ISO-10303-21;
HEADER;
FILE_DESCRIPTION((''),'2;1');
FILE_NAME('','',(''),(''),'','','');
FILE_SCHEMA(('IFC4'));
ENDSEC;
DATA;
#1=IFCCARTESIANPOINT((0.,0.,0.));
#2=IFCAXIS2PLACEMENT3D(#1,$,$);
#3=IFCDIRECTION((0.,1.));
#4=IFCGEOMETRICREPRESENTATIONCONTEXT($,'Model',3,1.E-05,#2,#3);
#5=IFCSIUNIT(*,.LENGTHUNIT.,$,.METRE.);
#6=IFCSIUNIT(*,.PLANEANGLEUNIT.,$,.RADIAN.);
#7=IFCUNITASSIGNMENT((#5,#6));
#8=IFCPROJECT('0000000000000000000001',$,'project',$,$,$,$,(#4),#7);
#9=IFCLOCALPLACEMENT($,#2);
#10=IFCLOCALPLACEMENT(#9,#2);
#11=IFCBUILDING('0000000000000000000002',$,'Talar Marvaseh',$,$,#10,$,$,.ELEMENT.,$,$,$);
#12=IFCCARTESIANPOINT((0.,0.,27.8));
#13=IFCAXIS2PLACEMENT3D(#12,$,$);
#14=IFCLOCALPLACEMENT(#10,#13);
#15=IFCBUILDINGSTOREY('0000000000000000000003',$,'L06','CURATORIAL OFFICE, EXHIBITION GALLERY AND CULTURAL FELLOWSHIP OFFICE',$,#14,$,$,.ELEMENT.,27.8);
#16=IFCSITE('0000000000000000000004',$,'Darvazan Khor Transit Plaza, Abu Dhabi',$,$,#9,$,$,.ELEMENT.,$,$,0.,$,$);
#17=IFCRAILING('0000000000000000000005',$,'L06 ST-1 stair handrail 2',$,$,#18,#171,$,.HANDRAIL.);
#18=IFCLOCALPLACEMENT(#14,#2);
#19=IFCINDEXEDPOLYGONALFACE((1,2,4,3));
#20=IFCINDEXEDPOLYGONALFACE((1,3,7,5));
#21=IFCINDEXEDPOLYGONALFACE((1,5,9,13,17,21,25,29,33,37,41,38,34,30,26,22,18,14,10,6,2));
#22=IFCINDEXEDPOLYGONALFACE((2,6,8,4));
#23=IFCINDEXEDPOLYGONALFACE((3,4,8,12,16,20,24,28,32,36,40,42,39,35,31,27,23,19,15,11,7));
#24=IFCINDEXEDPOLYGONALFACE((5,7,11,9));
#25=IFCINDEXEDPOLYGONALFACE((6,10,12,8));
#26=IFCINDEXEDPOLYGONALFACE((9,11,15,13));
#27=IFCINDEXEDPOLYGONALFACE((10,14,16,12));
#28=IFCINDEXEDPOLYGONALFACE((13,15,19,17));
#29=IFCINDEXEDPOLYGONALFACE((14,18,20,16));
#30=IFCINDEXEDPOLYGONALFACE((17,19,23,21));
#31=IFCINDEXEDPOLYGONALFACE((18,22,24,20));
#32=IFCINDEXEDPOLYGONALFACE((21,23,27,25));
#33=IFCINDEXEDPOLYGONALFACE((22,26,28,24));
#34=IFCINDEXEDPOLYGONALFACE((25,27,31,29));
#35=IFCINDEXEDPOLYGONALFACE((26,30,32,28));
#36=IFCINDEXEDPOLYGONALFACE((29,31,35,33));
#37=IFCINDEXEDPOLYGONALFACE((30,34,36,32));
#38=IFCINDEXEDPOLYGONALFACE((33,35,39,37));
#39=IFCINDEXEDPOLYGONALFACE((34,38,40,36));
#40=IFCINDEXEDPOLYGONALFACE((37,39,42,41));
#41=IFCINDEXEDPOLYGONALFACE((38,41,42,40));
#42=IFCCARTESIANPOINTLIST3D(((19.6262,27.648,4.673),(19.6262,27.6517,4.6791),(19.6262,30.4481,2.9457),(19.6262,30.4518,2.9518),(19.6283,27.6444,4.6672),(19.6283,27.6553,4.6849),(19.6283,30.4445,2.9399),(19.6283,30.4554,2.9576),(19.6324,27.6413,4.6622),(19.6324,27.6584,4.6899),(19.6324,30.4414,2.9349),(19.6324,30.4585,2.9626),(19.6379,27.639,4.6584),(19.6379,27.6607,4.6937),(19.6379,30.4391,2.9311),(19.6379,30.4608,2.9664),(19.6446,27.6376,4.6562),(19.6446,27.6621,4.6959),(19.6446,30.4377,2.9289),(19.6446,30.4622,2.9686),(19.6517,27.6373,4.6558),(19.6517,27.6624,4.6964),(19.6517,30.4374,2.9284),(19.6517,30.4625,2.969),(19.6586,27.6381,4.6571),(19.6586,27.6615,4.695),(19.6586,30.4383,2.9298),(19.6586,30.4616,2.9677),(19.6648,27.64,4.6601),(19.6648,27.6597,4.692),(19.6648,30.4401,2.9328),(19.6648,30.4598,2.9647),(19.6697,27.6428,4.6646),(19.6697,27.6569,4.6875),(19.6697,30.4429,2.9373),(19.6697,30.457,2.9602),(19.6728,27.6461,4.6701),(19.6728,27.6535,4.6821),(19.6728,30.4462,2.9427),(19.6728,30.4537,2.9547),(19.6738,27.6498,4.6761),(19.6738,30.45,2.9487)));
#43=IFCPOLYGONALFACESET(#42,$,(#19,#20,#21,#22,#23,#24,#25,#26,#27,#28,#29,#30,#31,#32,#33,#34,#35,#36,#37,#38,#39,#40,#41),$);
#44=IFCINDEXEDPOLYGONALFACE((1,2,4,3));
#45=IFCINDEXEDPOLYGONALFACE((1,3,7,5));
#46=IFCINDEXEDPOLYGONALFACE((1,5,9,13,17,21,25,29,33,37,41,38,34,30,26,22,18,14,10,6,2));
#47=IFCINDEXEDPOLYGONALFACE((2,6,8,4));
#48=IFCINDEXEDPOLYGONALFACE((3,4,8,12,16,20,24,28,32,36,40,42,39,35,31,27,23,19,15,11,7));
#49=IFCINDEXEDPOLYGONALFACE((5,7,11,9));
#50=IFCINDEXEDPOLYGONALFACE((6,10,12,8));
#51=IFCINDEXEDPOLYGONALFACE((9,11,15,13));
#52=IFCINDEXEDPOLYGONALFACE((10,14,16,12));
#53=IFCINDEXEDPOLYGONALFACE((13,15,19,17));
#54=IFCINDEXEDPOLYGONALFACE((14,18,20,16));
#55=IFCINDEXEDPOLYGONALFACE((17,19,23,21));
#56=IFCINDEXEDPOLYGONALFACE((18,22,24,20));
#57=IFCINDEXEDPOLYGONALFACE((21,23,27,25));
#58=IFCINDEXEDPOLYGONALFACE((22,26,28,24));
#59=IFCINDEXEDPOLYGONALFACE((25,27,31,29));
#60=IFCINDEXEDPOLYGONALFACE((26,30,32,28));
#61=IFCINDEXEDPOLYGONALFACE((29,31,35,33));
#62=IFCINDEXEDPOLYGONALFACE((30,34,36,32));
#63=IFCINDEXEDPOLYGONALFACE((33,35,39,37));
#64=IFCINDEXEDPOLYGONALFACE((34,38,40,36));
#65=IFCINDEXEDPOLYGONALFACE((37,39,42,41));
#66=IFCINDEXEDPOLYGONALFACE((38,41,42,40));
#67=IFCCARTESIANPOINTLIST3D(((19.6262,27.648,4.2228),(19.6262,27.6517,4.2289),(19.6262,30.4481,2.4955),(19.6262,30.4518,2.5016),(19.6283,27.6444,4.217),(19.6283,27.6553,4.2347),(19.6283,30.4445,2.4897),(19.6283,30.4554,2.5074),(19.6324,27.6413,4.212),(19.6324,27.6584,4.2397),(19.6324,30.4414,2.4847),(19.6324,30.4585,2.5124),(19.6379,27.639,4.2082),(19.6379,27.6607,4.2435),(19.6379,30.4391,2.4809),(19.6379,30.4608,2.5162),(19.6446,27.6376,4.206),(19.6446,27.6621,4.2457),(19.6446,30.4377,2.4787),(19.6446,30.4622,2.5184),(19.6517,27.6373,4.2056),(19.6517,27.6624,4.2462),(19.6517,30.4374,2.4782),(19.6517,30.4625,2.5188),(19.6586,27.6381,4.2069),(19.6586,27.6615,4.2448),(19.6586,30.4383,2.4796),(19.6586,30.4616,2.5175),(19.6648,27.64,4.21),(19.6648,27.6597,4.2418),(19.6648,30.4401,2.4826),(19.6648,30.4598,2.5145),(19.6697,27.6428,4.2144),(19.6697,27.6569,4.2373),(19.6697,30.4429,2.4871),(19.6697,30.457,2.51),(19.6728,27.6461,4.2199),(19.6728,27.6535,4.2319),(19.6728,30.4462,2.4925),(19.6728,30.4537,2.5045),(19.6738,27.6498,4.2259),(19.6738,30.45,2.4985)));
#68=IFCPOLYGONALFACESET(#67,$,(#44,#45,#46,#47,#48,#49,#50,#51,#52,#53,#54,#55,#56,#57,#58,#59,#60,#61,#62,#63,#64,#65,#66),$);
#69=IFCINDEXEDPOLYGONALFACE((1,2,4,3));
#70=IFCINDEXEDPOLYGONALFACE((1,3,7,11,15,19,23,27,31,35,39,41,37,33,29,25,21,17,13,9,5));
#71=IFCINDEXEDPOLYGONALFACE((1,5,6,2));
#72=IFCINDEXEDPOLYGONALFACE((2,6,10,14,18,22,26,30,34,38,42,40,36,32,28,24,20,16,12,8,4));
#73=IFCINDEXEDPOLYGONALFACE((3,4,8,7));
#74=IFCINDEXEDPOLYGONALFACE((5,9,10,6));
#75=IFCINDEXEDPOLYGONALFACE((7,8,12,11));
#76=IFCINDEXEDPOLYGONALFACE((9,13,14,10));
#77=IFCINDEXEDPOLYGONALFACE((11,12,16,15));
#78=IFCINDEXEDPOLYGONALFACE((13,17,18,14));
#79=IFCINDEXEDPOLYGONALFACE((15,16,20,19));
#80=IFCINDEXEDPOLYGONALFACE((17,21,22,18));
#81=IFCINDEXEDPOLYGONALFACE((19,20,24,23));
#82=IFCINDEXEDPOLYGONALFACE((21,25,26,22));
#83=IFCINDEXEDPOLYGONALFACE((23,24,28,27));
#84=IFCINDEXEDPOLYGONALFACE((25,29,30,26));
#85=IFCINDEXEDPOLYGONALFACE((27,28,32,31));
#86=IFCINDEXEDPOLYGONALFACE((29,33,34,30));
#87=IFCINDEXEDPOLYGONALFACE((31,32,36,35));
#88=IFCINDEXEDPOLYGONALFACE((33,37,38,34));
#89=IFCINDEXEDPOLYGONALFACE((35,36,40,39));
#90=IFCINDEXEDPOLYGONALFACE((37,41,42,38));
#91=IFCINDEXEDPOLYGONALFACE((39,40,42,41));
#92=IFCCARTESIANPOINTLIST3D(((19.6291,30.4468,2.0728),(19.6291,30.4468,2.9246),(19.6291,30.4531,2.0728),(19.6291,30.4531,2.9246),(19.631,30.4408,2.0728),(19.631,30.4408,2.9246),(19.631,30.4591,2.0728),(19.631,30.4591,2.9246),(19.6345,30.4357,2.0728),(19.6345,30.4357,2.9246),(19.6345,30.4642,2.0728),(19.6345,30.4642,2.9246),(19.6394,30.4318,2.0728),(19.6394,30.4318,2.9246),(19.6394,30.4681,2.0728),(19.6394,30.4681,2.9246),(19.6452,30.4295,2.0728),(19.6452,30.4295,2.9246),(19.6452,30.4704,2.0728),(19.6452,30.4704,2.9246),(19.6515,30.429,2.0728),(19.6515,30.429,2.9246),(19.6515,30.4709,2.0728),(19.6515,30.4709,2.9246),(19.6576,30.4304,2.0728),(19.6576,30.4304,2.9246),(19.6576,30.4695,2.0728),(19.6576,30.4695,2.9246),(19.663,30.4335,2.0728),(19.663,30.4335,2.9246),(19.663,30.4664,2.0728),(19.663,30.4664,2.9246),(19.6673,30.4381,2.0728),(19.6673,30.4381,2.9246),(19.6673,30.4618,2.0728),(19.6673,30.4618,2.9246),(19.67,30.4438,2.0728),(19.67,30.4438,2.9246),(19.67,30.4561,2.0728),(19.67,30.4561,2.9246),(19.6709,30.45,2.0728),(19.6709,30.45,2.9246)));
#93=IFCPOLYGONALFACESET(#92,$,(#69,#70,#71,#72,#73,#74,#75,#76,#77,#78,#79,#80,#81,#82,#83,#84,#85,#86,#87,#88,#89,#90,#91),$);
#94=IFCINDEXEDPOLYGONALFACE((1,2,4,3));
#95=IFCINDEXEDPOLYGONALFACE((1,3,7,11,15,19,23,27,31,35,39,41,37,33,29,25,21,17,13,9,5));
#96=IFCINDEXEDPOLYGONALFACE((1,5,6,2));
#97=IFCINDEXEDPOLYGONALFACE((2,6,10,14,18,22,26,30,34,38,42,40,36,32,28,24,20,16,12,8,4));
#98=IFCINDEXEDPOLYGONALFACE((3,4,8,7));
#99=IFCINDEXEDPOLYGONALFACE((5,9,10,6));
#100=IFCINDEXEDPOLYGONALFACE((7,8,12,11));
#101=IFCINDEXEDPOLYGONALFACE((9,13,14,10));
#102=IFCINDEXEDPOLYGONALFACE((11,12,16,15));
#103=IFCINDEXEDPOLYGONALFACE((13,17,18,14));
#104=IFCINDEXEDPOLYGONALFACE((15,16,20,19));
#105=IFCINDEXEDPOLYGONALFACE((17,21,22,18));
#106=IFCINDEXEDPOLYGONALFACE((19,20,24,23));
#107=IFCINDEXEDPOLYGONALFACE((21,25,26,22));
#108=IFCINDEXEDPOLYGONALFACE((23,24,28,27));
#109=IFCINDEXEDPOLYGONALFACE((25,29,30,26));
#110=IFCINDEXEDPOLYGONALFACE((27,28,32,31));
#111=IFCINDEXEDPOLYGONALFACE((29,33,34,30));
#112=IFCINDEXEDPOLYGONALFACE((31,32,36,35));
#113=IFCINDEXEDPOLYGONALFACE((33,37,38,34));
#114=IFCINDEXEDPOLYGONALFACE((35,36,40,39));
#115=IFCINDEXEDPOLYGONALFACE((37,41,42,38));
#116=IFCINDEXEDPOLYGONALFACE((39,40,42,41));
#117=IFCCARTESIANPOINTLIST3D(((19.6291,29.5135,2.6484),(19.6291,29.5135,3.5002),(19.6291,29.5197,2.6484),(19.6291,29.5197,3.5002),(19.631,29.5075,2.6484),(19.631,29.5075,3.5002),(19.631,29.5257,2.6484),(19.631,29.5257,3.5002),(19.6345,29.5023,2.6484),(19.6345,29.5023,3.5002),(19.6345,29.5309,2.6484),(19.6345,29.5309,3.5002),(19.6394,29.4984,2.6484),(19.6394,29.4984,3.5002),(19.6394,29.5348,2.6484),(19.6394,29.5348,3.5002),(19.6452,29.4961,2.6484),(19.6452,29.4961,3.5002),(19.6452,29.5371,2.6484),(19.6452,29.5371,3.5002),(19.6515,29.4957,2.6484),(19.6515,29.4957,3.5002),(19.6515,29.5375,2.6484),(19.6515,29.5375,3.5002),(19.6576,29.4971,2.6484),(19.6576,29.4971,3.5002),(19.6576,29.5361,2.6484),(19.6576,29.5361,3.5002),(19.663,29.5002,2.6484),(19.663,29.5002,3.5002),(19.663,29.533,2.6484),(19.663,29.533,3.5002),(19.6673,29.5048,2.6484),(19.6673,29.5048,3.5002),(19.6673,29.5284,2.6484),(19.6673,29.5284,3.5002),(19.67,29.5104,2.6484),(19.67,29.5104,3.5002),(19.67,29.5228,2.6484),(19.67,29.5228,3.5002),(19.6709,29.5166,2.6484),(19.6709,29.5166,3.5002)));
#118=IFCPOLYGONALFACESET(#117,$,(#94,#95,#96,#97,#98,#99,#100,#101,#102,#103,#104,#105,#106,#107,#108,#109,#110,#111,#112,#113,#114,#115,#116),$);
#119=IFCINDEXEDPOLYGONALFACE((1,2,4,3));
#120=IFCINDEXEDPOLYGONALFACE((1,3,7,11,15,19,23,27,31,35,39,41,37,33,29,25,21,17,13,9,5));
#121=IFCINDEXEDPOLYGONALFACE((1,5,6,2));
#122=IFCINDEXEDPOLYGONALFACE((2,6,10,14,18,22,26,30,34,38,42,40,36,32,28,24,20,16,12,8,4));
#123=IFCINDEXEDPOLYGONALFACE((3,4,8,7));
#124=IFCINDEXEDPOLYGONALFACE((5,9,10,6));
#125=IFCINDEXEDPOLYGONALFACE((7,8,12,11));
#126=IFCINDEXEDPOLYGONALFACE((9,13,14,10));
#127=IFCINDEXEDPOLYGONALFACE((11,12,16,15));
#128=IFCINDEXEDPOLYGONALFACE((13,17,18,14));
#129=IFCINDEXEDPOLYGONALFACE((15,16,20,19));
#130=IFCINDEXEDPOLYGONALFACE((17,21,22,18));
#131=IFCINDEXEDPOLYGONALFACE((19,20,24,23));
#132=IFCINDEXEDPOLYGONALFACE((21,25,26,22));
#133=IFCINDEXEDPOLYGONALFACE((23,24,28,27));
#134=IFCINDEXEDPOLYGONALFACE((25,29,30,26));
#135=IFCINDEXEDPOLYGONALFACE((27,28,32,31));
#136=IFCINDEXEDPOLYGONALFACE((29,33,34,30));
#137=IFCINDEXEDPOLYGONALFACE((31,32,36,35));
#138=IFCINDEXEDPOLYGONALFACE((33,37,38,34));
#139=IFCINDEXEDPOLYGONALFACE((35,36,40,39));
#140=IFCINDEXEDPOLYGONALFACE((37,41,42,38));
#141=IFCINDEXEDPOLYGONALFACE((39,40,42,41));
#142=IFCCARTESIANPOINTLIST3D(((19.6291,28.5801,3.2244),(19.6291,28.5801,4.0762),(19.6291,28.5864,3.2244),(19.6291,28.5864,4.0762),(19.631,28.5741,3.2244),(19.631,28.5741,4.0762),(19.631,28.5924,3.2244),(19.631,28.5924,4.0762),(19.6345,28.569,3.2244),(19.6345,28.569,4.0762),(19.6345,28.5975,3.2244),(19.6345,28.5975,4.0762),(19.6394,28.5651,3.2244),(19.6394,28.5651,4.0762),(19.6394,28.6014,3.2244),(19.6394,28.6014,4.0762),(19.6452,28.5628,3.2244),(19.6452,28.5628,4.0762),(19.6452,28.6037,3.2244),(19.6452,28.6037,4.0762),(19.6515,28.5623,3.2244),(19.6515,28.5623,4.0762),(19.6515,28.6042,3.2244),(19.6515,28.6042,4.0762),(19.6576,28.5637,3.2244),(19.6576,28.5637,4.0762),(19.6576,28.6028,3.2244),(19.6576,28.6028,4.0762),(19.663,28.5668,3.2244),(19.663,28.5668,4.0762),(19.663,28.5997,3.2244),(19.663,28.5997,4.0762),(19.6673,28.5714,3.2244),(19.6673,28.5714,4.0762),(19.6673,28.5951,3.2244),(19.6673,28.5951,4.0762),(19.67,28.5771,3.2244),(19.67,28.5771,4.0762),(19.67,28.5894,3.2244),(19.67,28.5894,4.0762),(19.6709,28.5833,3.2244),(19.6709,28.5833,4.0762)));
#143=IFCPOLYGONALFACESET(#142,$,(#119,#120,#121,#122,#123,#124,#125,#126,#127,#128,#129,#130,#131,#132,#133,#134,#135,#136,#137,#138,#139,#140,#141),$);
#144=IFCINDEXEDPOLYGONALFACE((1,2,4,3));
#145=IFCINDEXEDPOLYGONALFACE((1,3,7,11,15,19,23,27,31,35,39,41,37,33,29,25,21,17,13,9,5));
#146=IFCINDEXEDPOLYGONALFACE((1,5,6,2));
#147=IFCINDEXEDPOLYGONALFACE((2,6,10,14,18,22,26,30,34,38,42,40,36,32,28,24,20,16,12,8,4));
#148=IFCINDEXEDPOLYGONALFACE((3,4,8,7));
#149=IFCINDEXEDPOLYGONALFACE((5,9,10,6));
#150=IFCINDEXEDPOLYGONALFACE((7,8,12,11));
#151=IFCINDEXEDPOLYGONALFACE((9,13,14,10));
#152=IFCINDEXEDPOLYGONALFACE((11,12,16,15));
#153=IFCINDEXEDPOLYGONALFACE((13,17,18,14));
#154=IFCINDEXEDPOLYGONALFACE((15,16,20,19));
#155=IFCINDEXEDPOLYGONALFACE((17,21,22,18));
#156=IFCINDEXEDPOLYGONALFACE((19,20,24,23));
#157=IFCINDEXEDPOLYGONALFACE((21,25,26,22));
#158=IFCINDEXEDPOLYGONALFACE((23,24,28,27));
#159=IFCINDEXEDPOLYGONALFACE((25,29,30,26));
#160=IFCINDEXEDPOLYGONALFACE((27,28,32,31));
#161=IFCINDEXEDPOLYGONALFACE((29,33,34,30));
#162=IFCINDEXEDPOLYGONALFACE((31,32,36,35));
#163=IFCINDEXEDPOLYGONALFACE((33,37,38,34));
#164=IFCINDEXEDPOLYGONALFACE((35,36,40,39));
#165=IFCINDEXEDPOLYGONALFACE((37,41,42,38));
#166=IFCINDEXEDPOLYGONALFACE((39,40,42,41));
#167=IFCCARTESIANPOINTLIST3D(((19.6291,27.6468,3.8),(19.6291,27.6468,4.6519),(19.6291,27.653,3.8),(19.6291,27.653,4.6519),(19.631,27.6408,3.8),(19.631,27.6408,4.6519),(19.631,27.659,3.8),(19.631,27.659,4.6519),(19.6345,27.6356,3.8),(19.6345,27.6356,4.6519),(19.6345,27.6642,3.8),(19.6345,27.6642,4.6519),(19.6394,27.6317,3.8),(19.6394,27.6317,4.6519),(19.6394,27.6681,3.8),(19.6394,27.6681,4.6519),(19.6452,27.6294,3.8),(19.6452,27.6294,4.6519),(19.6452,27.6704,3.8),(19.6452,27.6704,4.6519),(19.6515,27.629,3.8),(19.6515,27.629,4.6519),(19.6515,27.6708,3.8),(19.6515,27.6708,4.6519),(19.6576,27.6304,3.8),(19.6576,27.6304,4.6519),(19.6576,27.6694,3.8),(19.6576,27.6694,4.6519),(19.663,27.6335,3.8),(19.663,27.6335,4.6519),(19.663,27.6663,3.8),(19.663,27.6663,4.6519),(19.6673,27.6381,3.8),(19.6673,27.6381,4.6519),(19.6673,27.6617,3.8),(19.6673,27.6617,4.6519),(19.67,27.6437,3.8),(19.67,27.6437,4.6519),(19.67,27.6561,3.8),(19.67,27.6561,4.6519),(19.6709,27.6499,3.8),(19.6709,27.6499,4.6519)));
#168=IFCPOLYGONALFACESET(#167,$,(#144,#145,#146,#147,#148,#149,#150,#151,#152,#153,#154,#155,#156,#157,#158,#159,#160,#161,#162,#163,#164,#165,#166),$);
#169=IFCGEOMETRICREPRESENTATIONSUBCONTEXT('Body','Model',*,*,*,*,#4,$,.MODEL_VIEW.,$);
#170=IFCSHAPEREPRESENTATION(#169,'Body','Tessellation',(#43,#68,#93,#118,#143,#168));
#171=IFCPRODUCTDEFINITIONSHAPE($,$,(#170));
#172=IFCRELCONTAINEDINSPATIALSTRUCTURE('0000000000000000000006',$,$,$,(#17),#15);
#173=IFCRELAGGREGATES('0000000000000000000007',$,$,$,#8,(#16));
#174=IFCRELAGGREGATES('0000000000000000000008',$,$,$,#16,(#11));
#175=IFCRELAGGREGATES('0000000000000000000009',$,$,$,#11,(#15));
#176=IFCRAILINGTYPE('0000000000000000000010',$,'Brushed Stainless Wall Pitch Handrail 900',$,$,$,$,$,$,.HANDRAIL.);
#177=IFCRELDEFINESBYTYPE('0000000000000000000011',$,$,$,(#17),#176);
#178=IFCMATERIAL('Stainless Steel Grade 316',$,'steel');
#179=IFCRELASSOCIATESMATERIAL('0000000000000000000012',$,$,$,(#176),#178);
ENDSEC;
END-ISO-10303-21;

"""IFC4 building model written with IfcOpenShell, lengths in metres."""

from ifc_helpers import new_model, si_unit, direction, frame, origin, origin_2d, place, context, subcontext, project, spatial, circle, extrude, material, type_object, element, save


model = new_model("IFC4")

# Units and contexts
model_context = context("Model", 3, precision=1e-05, world=origin(), true_north=direction((0.0, 1.0)))
body_context = subcontext(model_context, "Body", "Model", "MODEL_VIEW")
ifc_project = project(units=[si_unit("LENGTHUNIT", "METRE"), si_unit("PLANEANGLEUNIT", "RADIAN")], contexts=[model_context])

# Site, building, storey
site_placement = place(None, origin())
site = spatial("IfcSite", under=ifc_project, at=site_placement, Name="Darvazan Khor Transit Plaza, Abu Dhabi", CompositionType="ELEMENT", RefElevation=0.0)
building_placement = place(site_placement, origin())
building = spatial("IfcBuilding", under=site, at=building_placement, Name="Talar Marvaseh", CompositionType="ELEMENT")
storey_placement = place(building_placement, frame((0.0, 0.0, 27.8)))
storey = spatial("IfcBuildingStorey", under=building, at=storey_placement, Name="L06", Description="CURATORIAL OFFICE, EXHIBITION GALLERY AND CULTURAL FELLOWSHIP OFFICE", CompositionType="ELEMENT", Elevation=27.8)

# Railing
ifc_material_1 = material(Name="Stainless Steel Grade 316", Category="steel")
railing_type_1 = type_object("IfcRailingType", Name="Brushed Stainless Wall Pitch Handrail 900", PredefinedType="HANDRAIL", material=ifc_material_1)
railing_1_placement = place(storey_placement, frame((19.6499, 30.45, 2.0728)))
element("IfcRailing", 1, at=railing_1_placement, inside=storey, type_object=railing_type_1, Name="L06 ST-1 stair handrail 2", PredefinedType="HANDRAIL", context=body_context, shape_type="SweptSolid", body=[
    extrude(circle(Radius=0.0239, at=origin_2d()), frame((0.0, 0.0, 0.876), z_axis=(0.0, -0.85109, 0.52502), x_axis=(1.0, 0.0, 0.0)), (0.0, 0.0, 1.0), 3.29),
    extrude(circle(Radius=0.0239, at=origin_2d()), frame((0.0, 0.0, 0.4258), z_axis=(0.0, -0.85109, 0.52502), x_axis=(1.0, 0.0, 0.0)), (0.0, 0.0, 1.0), 3.29),
    extrude(circle(Radius=0.021, at=origin_2d()), origin(), (0.0, 0.0, 1.0), 0.8518),
    extrude(circle(Radius=0.021, at=origin_2d()), frame((0.0, -0.9333, 0.5757)), (0.0, 0.0, 1.0), 0.8518),
    extrude(circle(Radius=0.021, at=origin_2d()), frame((0.0, -1.8667, 1.1516)), (0.0, 0.0, 1.0), 0.8518),
    extrude(circle(Radius=0.021, at=origin_2d()), frame((0.0, -2.8, 1.7273)), (0.0, 0.0, 1.0), 0.8518),
])

save(model, "model.ifc")
